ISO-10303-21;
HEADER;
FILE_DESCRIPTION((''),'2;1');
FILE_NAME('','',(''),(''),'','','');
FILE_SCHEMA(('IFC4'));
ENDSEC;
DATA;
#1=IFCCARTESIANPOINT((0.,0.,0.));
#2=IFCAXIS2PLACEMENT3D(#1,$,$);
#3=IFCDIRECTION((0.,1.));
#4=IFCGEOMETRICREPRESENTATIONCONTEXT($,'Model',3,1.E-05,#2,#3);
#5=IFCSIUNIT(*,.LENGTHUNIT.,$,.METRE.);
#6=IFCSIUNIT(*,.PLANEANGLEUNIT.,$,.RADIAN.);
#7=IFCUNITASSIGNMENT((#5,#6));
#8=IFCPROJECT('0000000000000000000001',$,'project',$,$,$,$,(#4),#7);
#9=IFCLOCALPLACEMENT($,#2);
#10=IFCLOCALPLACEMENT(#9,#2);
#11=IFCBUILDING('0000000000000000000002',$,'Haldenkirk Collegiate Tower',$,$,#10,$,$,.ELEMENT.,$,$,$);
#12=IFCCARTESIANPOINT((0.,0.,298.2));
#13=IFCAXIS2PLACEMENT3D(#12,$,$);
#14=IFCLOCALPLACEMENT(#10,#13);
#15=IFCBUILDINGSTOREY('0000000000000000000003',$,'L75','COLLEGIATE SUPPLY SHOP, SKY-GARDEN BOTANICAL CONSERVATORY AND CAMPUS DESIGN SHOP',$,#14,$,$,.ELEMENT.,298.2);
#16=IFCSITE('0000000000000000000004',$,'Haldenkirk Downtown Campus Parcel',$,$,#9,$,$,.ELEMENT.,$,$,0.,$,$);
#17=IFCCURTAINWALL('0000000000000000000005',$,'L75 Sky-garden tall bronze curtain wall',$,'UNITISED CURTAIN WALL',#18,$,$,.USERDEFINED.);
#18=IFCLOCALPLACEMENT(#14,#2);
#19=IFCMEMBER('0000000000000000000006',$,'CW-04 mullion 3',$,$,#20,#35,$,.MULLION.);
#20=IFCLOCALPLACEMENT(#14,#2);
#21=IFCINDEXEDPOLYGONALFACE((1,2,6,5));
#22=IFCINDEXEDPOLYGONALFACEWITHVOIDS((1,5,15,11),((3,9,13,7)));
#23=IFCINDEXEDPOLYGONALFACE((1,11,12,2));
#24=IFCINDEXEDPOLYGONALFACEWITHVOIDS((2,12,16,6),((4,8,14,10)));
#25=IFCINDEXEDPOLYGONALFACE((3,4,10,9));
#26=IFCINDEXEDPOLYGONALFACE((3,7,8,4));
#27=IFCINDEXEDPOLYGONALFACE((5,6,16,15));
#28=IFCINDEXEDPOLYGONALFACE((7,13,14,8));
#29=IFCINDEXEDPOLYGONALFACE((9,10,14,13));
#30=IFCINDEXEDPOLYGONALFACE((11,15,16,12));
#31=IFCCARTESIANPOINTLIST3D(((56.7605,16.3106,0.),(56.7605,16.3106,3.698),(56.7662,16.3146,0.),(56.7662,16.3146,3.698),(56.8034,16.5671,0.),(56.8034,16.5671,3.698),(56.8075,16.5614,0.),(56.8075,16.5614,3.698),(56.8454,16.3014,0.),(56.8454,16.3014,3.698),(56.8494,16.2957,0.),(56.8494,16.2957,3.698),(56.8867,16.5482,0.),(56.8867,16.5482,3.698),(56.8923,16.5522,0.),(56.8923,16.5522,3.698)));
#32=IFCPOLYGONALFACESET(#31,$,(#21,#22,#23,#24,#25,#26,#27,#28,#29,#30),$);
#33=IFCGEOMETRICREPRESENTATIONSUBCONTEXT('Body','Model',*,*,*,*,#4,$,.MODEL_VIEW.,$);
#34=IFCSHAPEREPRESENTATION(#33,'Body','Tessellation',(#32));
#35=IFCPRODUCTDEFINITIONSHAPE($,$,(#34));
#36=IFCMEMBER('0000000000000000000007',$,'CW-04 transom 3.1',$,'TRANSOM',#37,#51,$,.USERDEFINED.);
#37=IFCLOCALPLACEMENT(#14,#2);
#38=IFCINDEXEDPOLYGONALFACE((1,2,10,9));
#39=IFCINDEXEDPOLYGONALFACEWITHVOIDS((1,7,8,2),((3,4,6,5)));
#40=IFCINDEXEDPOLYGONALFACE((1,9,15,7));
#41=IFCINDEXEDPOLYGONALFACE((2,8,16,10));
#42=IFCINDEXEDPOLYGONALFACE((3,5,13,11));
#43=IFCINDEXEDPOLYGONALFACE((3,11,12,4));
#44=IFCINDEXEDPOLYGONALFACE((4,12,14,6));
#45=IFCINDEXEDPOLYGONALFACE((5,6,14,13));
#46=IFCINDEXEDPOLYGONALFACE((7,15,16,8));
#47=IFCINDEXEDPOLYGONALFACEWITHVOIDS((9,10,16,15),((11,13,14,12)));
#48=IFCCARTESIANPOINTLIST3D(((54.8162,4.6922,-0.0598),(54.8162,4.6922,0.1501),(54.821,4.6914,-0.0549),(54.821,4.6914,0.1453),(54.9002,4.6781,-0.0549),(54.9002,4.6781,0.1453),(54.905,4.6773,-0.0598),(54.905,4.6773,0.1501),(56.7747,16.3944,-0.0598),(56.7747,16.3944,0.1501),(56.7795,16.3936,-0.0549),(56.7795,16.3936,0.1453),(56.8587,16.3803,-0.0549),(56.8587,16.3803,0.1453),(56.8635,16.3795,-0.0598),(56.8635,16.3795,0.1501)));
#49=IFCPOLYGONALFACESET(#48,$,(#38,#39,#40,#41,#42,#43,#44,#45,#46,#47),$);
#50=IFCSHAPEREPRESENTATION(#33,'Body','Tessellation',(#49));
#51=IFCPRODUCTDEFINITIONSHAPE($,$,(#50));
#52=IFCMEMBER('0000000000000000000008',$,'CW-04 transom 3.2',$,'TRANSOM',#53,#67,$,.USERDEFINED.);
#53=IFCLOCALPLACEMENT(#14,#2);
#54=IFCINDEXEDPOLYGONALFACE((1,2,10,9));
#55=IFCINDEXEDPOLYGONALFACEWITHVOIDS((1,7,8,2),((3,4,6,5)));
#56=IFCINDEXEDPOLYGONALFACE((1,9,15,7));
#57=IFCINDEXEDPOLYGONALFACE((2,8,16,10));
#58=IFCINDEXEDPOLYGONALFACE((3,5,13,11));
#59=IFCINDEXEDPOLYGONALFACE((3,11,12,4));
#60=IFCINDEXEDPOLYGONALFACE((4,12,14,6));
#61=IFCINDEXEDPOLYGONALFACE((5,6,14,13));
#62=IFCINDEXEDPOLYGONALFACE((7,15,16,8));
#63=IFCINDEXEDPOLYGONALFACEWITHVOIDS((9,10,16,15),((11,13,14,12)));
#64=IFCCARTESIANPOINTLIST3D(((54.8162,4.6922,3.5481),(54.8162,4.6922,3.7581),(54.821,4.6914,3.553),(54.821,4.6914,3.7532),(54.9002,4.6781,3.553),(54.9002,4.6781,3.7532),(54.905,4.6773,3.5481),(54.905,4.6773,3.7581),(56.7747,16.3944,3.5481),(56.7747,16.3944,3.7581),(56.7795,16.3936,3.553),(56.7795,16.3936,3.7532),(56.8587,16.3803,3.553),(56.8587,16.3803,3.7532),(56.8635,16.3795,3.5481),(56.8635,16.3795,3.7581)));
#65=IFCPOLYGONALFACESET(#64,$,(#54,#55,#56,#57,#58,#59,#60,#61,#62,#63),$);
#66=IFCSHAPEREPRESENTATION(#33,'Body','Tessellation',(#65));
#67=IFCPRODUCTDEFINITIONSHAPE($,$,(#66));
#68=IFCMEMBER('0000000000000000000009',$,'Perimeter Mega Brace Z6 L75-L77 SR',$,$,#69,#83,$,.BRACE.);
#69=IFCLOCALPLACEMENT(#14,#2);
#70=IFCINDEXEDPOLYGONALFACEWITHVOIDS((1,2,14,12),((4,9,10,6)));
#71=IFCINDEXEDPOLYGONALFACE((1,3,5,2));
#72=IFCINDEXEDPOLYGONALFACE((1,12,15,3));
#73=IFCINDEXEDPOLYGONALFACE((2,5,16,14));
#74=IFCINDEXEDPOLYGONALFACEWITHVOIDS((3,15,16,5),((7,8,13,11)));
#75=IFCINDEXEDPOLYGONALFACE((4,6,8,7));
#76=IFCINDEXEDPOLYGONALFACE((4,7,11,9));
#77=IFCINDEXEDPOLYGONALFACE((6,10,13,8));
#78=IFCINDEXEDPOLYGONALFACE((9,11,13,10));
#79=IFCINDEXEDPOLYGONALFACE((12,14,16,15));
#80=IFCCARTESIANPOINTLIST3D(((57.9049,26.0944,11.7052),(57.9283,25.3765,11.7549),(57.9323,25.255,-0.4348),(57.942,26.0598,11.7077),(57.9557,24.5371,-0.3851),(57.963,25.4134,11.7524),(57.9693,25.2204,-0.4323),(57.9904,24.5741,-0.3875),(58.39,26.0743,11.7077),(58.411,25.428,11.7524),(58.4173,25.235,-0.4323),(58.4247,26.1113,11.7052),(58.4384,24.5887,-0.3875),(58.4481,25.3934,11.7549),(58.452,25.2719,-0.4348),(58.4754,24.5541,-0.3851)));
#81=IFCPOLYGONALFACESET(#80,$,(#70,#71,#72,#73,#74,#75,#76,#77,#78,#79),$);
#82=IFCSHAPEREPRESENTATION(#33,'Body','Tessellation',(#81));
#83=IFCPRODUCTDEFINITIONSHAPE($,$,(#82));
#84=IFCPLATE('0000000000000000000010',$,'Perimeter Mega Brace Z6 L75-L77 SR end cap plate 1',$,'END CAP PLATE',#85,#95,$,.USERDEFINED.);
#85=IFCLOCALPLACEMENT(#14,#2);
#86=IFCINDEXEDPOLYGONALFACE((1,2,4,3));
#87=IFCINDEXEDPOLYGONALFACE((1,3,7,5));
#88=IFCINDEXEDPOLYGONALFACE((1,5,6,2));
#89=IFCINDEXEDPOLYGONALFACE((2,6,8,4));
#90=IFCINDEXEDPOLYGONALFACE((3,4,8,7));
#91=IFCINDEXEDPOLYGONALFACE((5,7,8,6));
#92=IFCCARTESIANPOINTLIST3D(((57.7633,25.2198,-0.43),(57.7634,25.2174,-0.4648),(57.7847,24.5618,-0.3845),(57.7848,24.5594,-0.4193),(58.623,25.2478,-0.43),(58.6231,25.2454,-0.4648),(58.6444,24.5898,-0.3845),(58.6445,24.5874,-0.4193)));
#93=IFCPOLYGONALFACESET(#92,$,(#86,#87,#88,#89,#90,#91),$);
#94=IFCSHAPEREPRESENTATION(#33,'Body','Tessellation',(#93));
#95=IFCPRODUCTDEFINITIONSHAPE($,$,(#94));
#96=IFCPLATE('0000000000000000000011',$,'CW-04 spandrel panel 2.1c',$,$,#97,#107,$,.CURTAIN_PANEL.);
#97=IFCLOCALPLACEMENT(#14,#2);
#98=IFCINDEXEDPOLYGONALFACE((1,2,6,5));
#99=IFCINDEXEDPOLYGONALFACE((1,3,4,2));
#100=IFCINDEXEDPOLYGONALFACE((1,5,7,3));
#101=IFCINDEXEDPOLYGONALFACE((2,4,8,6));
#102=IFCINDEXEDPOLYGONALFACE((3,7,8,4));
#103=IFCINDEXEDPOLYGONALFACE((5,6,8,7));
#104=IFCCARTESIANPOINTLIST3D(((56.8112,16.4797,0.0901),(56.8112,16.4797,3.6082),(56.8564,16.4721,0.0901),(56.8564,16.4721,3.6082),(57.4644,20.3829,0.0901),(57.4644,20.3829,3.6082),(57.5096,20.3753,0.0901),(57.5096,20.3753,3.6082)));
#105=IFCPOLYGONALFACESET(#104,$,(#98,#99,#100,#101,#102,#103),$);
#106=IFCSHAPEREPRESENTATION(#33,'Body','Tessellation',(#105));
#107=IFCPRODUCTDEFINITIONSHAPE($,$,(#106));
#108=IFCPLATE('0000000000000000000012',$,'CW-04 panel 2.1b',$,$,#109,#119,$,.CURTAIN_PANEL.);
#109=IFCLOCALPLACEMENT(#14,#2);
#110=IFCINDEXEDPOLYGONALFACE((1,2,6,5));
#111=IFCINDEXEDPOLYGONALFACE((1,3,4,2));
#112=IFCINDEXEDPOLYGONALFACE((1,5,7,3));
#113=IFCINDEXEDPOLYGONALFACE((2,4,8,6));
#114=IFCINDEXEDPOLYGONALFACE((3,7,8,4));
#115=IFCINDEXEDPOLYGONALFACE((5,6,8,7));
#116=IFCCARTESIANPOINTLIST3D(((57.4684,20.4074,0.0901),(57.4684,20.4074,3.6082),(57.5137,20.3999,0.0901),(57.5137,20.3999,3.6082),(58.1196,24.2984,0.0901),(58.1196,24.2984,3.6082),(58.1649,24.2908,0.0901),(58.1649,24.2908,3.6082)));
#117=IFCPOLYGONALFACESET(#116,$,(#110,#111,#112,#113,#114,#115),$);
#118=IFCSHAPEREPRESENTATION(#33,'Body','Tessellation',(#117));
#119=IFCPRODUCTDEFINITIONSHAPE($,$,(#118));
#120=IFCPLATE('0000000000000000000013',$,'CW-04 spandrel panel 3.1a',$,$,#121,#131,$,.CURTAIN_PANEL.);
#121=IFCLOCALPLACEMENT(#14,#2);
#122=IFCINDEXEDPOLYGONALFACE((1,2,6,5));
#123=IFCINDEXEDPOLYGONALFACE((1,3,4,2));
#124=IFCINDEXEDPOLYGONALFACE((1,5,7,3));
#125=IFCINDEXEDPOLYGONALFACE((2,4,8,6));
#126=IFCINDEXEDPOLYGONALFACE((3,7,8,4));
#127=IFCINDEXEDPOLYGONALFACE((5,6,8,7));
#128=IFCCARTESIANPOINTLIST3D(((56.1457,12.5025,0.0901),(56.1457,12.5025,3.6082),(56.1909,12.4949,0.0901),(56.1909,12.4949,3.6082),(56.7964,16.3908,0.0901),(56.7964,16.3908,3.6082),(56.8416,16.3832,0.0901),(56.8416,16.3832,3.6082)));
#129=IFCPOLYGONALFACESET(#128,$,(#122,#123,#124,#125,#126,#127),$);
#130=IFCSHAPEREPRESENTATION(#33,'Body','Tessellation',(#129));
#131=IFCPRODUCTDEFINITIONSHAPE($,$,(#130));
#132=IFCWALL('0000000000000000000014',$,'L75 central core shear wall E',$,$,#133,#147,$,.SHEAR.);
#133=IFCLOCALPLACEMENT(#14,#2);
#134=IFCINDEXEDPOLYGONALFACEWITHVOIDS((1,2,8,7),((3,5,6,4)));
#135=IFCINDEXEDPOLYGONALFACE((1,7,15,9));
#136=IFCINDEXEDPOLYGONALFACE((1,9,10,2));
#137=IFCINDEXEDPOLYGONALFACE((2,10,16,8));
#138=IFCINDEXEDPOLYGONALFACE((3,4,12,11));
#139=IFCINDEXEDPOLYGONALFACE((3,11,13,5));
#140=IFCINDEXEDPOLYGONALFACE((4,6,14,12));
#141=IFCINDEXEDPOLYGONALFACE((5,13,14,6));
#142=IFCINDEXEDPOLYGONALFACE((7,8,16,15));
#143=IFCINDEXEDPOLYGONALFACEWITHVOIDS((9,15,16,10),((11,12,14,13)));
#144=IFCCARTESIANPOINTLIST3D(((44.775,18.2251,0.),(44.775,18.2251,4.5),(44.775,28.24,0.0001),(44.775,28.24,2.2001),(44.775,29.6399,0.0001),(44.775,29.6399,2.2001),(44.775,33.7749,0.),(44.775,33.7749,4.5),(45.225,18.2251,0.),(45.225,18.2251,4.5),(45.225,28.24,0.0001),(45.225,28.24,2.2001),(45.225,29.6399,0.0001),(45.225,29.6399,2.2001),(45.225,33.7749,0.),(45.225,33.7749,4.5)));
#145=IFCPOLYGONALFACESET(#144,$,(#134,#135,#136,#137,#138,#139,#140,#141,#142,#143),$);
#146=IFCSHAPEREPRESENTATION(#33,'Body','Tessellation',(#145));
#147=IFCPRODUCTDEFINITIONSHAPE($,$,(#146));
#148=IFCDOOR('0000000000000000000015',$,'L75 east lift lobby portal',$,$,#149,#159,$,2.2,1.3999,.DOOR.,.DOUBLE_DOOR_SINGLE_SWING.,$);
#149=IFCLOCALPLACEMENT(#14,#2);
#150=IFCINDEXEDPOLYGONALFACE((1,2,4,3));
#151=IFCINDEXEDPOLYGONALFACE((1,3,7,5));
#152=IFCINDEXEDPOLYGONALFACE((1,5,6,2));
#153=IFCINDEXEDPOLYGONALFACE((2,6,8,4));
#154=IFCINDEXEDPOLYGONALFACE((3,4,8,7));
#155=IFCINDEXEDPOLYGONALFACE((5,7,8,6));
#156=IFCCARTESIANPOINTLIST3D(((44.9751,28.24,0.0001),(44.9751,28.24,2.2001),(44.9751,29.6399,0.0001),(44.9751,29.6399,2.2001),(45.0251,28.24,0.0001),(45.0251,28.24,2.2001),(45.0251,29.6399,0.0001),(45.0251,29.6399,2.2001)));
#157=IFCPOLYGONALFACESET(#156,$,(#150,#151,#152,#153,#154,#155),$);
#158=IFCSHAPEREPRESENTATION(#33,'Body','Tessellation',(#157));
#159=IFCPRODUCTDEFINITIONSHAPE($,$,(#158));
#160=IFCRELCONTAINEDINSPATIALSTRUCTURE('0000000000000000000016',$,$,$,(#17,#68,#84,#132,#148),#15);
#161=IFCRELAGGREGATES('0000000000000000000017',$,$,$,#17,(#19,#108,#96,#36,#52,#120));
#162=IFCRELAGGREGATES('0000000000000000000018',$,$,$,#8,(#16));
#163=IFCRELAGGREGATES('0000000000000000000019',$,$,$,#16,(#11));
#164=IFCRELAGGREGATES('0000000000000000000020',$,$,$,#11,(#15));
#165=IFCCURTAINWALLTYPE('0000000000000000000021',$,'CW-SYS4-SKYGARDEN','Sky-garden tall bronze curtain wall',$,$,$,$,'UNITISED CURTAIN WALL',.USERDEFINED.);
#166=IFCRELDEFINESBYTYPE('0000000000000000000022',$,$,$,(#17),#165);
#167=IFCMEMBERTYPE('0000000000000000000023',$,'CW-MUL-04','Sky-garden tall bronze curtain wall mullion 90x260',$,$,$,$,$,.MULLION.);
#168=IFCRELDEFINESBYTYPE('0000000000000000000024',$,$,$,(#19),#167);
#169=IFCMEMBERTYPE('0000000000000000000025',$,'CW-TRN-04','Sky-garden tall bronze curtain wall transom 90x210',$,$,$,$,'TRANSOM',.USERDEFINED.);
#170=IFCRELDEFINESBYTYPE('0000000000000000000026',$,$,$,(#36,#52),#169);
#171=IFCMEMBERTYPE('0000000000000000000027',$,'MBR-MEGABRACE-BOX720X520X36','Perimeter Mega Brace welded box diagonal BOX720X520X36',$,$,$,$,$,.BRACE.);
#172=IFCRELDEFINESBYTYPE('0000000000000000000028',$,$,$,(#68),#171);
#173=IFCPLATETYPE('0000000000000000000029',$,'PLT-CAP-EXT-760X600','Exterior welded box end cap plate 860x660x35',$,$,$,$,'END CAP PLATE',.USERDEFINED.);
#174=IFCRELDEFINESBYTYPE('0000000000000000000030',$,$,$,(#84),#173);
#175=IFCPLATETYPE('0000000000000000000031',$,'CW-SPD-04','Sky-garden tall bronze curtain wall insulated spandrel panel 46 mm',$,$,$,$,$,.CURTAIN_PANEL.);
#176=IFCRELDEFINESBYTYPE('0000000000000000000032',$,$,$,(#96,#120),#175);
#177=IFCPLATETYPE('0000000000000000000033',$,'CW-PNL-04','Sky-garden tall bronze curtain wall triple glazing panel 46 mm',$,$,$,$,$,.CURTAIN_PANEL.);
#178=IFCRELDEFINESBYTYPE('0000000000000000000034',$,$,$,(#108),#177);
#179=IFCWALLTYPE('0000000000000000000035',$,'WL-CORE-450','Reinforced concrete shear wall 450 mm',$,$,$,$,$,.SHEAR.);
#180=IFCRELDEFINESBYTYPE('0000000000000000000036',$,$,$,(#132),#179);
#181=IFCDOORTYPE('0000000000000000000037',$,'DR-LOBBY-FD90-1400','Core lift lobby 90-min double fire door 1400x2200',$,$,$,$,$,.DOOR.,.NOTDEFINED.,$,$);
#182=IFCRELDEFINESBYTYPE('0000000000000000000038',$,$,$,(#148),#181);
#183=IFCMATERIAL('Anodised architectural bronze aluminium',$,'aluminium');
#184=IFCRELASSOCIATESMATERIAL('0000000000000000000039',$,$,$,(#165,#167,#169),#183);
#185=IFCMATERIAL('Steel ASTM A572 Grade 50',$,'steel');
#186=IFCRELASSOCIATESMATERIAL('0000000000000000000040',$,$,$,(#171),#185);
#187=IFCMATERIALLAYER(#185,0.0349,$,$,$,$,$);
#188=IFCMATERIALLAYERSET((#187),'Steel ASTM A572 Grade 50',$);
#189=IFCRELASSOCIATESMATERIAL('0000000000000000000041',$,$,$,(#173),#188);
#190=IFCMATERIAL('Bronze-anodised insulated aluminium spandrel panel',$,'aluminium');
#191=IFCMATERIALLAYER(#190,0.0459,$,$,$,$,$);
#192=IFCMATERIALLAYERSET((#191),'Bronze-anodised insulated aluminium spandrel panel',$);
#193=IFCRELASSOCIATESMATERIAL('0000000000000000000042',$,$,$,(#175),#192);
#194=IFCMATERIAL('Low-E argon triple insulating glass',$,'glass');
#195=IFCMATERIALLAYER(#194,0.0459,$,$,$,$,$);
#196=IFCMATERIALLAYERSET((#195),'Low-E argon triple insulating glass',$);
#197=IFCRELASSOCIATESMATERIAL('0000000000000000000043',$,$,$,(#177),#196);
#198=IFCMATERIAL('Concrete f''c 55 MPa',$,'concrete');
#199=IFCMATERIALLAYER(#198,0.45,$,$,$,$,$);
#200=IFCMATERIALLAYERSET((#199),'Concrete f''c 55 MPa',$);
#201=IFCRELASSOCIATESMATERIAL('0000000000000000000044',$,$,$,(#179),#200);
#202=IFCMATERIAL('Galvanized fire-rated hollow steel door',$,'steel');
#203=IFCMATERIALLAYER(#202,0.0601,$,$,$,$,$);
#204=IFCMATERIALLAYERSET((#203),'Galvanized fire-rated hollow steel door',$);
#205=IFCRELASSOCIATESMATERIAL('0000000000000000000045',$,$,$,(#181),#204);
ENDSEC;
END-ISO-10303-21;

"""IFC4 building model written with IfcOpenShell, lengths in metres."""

from ifc_helpers import new_model, si_unit, direction, frame, frame_2d, origin, origin_2d, place, context, subcontext, project, spatial, rectangle, hollow_rectangle, extrude, source, transform, mapped, material, layer, layer_set, material_profile, profile_set, type_object, element, fill, aggregate, save


model = new_model("IFC4")

# Units and contexts
model_context = context("Model", 3, precision=1e-05, world=origin(), true_north=direction((0.0, 1.0)))
body_context = subcontext(model_context, "Body", "Model", "MODEL_VIEW")
ifc_project = project(units=[si_unit("LENGTHUNIT", "METRE"), si_unit("PLANEANGLEUNIT", "RADIAN")], contexts=[model_context])

# Site, building, storey
site_placement = place(None, origin())
site = spatial("IfcSite", under=ifc_project, at=site_placement, Name="Haldenkirk Downtown Campus Parcel", CompositionType="ELEMENT", RefElevation=0.0)
building_placement = place(site_placement, origin())
building = spatial("IfcBuilding", under=site, at=building_placement, Name="Haldenkirk Collegiate Tower", CompositionType="ELEMENT")
storey_placement = place(building_placement, frame((0.0, 0.0, 298.2)))
storey = spatial("IfcBuildingStorey", under=building, at=storey_placement, Name="L75", Description="COLLEGIATE SUPPLY SHOP, SKY-GARDEN BOTANICAL CONSERVATORY AND CAMPUS DESIGN SHOP", CompositionType="ELEMENT", Elevation=298.2)

# Curtain wall, members
ifc_material_1 = material(Name="Anodised architectural bronze aluminium", Category="aluminium")
curtain_wall_type = type_object("IfcCurtainWallType", Name="CW-SYS4-SKYGARDEN", Description="Sky-garden tall bronze curtain wall", ElementType="UNITISED CURTAIN WALL", PredefinedType="USERDEFINED", material=ifc_material_1)
curtain_wall_placement = place(storey_placement, origin())
curtain_wall = element("IfcCurtainWall", 1, at=curtain_wall_placement, inside=storey, type_object=curtain_wall_type, Name="L75 Sky-garden tall bronze curtain wall", ObjectType="UNITISED CURTAIN WALL", PredefinedType="USERDEFINED")
ifc_material_profile_1 = material_profile(ifc_material_1, hollow_rectangle(XDim=0.0901, YDim=0.26, WallThickness=0.0049, at=origin_2d()), Name="CW-MUL-04")
ifc_profile_set_1 = profile_set([ifc_material_profile_1], Name="Anodised architectural bronze aluminium")
member_type_1 = type_object("IfcMemberType", Name="CW-MUL-04", Description="Sky-garden tall bronze curtain wall mullion 90x260", PredefinedType="MULLION", material=ifc_profile_set_1)
member_1_placement = place(storey_placement, frame((56.8264, 16.4314, 0.0), z_axis=(0.0, 0.0, 1.0), x_axis=(0.986285, -0.16505, 0.0)))
member_1 = element("IfcMember", 2, at=member_1_placement, type_object=member_type_1, Name="CW-04 mullion 3", PredefinedType="MULLION", context=body_context, shape_type="SweptSolid", body=[
    extrude(hollow_rectangle(XDim=0.0901, YDim=0.26, WallThickness=0.0049, at=origin_2d()), origin(), (0.0, 0.0, 1.0), 3.698),
])
ifc_material_profile_2 = material_profile(ifc_material_1, hollow_rectangle(XDim=0.0901, YDim=0.21, WallThickness=0.0049, at=origin_2d()), Name="CW-TRN-04")
ifc_profile_set_2 = profile_set([ifc_material_profile_2], Name="Anodised architectural bronze aluminium")
member_type_2 = type_object("IfcMemberType", Name="CW-TRN-04", Description="Sky-garden tall bronze curtain wall transom 90x210", ElementType="TRANSOM", PredefinedType="USERDEFINED", material=ifc_profile_set_2)
member_2_placement = place(storey_placement, frame((56.8191, 16.387, 0.0452), z_axis=(-0.165066, -0.986282, 0.0), x_axis=(0.986282, -0.165066, 0.0)))
member_2 = element("IfcMember", 3, at=member_2_placement, type_object=member_type_2, Name="CW-04 transom 3.1", ObjectType="TRANSOM", PredefinedType="USERDEFINED", context=body_context, shape_type="SweptSolid", body=[
    extrude(hollow_rectangle(XDim=0.0901, YDim=0.21, WallThickness=0.0049, at=origin_2d()), origin(), (0.0, 0.0, 1.0), 11.865),
])
member_3_placement = place(storey_placement, frame((56.8191, 16.387, 3.6531), z_axis=(-0.165066, -0.986282, 0.0), x_axis=(0.986282, -0.165066, 0.0)))
member_3 = element("IfcMember", 4, at=member_3_placement, type_object=member_type_2, Name="CW-04 transom 3.2", ObjectType="TRANSOM", PredefinedType="USERDEFINED", context=body_context, shape_type="SweptSolid", body=[
    extrude(hollow_rectangle(XDim=0.0901, YDim=0.21, WallThickness=0.0049, at=origin_2d()), origin(), (0.0, 0.0, 1.0), 11.865),
])

# Member
ifc_material_2 = material(Name="Steel ASTM A572 Grade 50", Category="steel")
ifc_material_profile_3 = material_profile(ifc_material_2, hollow_rectangle(XDim=0.52, YDim=0.72, WallThickness=0.0359, at=origin_2d()), Name="BOX720X520X36")
ifc_profile_set_3 = profile_set([ifc_material_profile_3], Name="Steel ASTM A572 Grade 50")
member_type_3 = type_object("IfcMemberType", Name="MBR-MEGABRACE-BOX720X520X36", Description="Perimeter Mega Brace welded box diagonal BOX720X520X36", PredefinedType="BRACE", material=ifc_profile_set_3)
member_4_placement = place(storey_placement, frame((58.2039, 24.9045, -0.4099), z_axis=(-0.002247, 0.068975, 0.997616), x_axis=(-0.99947, -0.03256, 0.0)))
element("IfcMember", 5, at=member_4_placement, inside=storey, type_object=member_type_3, Name="Perimeter Mega Brace Z6 L75-L77 SR", PredefinedType="BRACE", context=body_context, shape_type="SweptSolid", body=[
    extrude(hollow_rectangle(XDim=0.52, YDim=0.72, WallThickness=0.0359, at=origin_2d()), origin(), (0.0, 0.0, 1.0), 12.1689),
])

# Plates
ifc_layer_1 = layer(ifc_material_2, 0.0349)
ifc_layer_set_1 = layer_set([ifc_layer_1], Name="Steel ASTM A572 Grade 50")
plate_type_1 = type_object("IfcPlateType", Name="PLT-CAP-EXT-760X600", Description="Exterior welded box end cap plate 860x660x35", ElementType="END CAP PLATE", PredefinedType="USERDEFINED", material=ifc_layer_set_1)
shared_shape_1 = source(origin(), body_context, "Body", "SweptSolid", [
    extrude(rectangle(XDim=0.8601, YDim=0.6599, at=origin_2d()), origin(), (0.0, 0.0, 1.0), 0.0349),
])
plate_1_placement = place(storey_placement, frame((58.2039, 24.9048, -0.4072), z_axis=(0.002243, -0.068978, -0.997616), x_axis=(0.999472, 0.032506, 0.0)))
element("IfcPlate", 6, at=plate_1_placement, inside=storey, type_object=plate_type_1, Name="Perimeter Mega Brace Z6 L75-L77 SR end cap plate 1", ObjectType="END CAP PLATE", PredefinedType="USERDEFINED", context=body_context, shape_type="MappedRepresentation", body=[
    mapped(shared_shape_1, transform((0.0, 0.0, 0.0), x_axis=(1.0, 0.0, 0.0), y_axis=(0.0, 1.0, 0.0), z_axis=(0.0, 0.0, 1.0), scale=1.0)),
])
ifc_material_3 = material(Name="Bronze-anodised insulated aluminium spandrel panel", Category="aluminium")
ifc_layer_2 = layer(ifc_material_3, 0.0459)
ifc_layer_set_2 = layer_set([ifc_layer_2], Name="Bronze-anodised insulated aluminium spandrel panel")
plate_type_2 = type_object("IfcPlateType", Name="CW-SPD-04", Description="Sky-garden tall bronze curtain wall insulated spandrel panel 46 mm", PredefinedType="CURTAIN_PANEL", material=ifc_layer_set_2)
shared_shape_2 = source(origin(), body_context, "Body", "SweptSolid", [
    extrude(rectangle(XDim=3.9575, YDim=0.0459, at=origin_2d()), origin(), (0.0, 0.0, 1.0), 3.5181),
])
plate_2_placement = place(storey_placement, frame((57.1604, 18.4275, 0.0901), z_axis=(0.0, 0.0, 1.0), x_axis=(-0.16505, -0.986285, 0.0)))
plate_2 = element("IfcPlate", 7, at=plate_2_placement, type_object=plate_type_2, Name="CW-04 spandrel panel 2.1c", PredefinedType="CURTAIN_PANEL", context=body_context, shape_type="MappedRepresentation", body=[
    mapped(shared_shape_2, transform((0.0, 0.0, 0.0), x_axis=(1.0, 0.0, 0.0), y_axis=(0.0, 1.0, 0.0), z_axis=(0.0, 0.0, 1.0), scale=1.0)),
])
ifc_material_4 = material(Name="Low-E argon triple insulating glass", Category="glass")
ifc_layer_3 = layer(ifc_material_4, 0.0459)
ifc_layer_set_3 = layer_set([ifc_layer_3], Name="Low-E argon triple insulating glass")
plate_type_3 = type_object("IfcPlateType", Name="CW-PNL-04", Description="Sky-garden tall bronze curtain wall triple glazing panel 46 mm", PredefinedType="CURTAIN_PANEL", material=ifc_layer_set_3)
shared_shape_3 = source(origin(), body_context, "Body", "SweptSolid", [
    extrude(rectangle(XDim=3.9451, YDim=0.0459, at=origin_2d()), origin(), (0.0, 0.0, 1.0), 3.5181),
])
plate_3_placement = place(storey_placement, frame((57.8167, 22.3491, 0.0901), z_axis=(0.0, 0.0, 1.0), x_axis=(-0.16505, -0.986285, 0.0)))
plate_3 = element("IfcPlate", 8, at=plate_3_placement, type_object=plate_type_3, Name="CW-04 panel 2.1b", PredefinedType="CURTAIN_PANEL", context=body_context, shape_type="MappedRepresentation", body=[
    mapped(shared_shape_3, transform((0.0, 0.0, 0.0), x_axis=(1.0, 0.0, 0.0), y_axis=(0.0, 1.0, 0.0), z_axis=(0.0, 0.0, 1.0), scale=1.0)),
])
shared_shape_4 = source(origin(), body_context, "Body", "SweptSolid", [
    extrude(rectangle(XDim=3.9424, YDim=0.0459, at=origin_2d()), origin(), (0.0, 0.0, 1.0), 3.5181),
])
plate_4_placement = place(storey_placement, frame((56.4937, 14.4429, 0.0901), z_axis=(0.0, 0.0, 1.0), x_axis=(-0.16505, -0.986285, 0.0)))
plate_4 = element("IfcPlate", 9, at=plate_4_placement, type_object=plate_type_2, Name="CW-04 spandrel panel 3.1a", PredefinedType="CURTAIN_PANEL", context=body_context, shape_type="MappedRepresentation", body=[
    mapped(shared_shape_4, transform((0.0, 0.0, 0.0), x_axis=(1.0, 0.0, 0.0), y_axis=(0.0, 1.0, 0.0), z_axis=(0.0, 0.0, 1.0), scale=1.0)),
])
aggregate(curtain_wall, [member_1, plate_3, plate_2, member_2, member_3, plate_4])

# Wall, opening, door
ifc_material_5 = material(Name="Concrete f'c 55 MPa", Category="concrete")
ifc_layer_4 = layer(ifc_material_5, 0.45)
ifc_layer_set_4 = layer_set([ifc_layer_4], Name="Concrete f'c 55 MPa")
wall_type_1 = type_object("IfcWallType", Name="WL-CORE-450", Description="Reinforced concrete shear wall 450 mm", PredefinedType="SHEAR", material=ifc_layer_set_4)
wall_1_placement = place(storey_placement, frame((45.0, 18.2251, 0.0), z_axis=(0.0, 0.0, 1.0), x_axis=(0.0, 1.0, 0.0)))
wall_1 = element("IfcWall", 10, at=wall_1_placement, inside=storey, type_object=wall_type_1, Name="L75 central core shear wall E", PredefinedType="SHEAR", context=body_context, shape_type="SweptSolid", body=[
    extrude(rectangle(XDim=15.5498, YDim=0.45, at=frame_2d((7.7749, 0.0))), origin(), (0.0, 0.0, 1.0), 4.5),
])
opening_1_placement = place(wall_1_placement, frame((10.0149, 0.0, 0.0)))
opening_1 = element("IfcOpeningElement", 11, at=opening_1_placement, cuts=wall_1, PredefinedType="OPENING", context=body_context, shape_type="SweptSolid", body=[
    extrude(rectangle(XDim=1.3999, YDim=2.2, at=frame_2d((0.7, 1.1001))), frame((0.0, 0.2349, 0.0), z_axis=(0.0, -1.0, 0.0), x_axis=(1.0, 0.0, 0.0)), (0.0, 0.0, 1.0), 0.47),
])
ifc_material_6 = material(Name="Galvanized fire-rated hollow steel door", Category="steel")
ifc_layer_5 = layer(ifc_material_6, 0.0601)
ifc_layer_set_5 = layer_set([ifc_layer_5], Name="Galvanized fire-rated hollow steel door")
door_type_1 = type_object("IfcDoorType", Name="DR-LOBBY-FD90-1400", Description="Core lift lobby 90-min double fire door 1400x2200", OperationType="NOTDEFINED", PredefinedType="DOOR", material=ifc_layer_set_5)
door_1_placement = place(opening_1_placement, origin())
door_1 = element("IfcDoor", 12, at=door_1_placement, inside=storey, type_object=door_type_1, Name="L75 east lift lobby portal", OperationType="DOUBLE_DOOR_SINGLE_SWING", OverallHeight=2.2, OverallWidth=1.3999, PredefinedType="DOOR", context=body_context, shape_type="SweptSolid", body=[
    extrude(rectangle(XDim=1.3999, YDim=2.2, at=frame_2d((0.7, 1.1001))), frame((0.0, 0.0249, 0.0), z_axis=(0.0, -1.0, 0.0), x_axis=(1.0, 0.0, 0.0)), (0.0, 0.0, 1.0), 0.05),
])
fill(opening_1, door_1)

save(model, "model.ifc")
